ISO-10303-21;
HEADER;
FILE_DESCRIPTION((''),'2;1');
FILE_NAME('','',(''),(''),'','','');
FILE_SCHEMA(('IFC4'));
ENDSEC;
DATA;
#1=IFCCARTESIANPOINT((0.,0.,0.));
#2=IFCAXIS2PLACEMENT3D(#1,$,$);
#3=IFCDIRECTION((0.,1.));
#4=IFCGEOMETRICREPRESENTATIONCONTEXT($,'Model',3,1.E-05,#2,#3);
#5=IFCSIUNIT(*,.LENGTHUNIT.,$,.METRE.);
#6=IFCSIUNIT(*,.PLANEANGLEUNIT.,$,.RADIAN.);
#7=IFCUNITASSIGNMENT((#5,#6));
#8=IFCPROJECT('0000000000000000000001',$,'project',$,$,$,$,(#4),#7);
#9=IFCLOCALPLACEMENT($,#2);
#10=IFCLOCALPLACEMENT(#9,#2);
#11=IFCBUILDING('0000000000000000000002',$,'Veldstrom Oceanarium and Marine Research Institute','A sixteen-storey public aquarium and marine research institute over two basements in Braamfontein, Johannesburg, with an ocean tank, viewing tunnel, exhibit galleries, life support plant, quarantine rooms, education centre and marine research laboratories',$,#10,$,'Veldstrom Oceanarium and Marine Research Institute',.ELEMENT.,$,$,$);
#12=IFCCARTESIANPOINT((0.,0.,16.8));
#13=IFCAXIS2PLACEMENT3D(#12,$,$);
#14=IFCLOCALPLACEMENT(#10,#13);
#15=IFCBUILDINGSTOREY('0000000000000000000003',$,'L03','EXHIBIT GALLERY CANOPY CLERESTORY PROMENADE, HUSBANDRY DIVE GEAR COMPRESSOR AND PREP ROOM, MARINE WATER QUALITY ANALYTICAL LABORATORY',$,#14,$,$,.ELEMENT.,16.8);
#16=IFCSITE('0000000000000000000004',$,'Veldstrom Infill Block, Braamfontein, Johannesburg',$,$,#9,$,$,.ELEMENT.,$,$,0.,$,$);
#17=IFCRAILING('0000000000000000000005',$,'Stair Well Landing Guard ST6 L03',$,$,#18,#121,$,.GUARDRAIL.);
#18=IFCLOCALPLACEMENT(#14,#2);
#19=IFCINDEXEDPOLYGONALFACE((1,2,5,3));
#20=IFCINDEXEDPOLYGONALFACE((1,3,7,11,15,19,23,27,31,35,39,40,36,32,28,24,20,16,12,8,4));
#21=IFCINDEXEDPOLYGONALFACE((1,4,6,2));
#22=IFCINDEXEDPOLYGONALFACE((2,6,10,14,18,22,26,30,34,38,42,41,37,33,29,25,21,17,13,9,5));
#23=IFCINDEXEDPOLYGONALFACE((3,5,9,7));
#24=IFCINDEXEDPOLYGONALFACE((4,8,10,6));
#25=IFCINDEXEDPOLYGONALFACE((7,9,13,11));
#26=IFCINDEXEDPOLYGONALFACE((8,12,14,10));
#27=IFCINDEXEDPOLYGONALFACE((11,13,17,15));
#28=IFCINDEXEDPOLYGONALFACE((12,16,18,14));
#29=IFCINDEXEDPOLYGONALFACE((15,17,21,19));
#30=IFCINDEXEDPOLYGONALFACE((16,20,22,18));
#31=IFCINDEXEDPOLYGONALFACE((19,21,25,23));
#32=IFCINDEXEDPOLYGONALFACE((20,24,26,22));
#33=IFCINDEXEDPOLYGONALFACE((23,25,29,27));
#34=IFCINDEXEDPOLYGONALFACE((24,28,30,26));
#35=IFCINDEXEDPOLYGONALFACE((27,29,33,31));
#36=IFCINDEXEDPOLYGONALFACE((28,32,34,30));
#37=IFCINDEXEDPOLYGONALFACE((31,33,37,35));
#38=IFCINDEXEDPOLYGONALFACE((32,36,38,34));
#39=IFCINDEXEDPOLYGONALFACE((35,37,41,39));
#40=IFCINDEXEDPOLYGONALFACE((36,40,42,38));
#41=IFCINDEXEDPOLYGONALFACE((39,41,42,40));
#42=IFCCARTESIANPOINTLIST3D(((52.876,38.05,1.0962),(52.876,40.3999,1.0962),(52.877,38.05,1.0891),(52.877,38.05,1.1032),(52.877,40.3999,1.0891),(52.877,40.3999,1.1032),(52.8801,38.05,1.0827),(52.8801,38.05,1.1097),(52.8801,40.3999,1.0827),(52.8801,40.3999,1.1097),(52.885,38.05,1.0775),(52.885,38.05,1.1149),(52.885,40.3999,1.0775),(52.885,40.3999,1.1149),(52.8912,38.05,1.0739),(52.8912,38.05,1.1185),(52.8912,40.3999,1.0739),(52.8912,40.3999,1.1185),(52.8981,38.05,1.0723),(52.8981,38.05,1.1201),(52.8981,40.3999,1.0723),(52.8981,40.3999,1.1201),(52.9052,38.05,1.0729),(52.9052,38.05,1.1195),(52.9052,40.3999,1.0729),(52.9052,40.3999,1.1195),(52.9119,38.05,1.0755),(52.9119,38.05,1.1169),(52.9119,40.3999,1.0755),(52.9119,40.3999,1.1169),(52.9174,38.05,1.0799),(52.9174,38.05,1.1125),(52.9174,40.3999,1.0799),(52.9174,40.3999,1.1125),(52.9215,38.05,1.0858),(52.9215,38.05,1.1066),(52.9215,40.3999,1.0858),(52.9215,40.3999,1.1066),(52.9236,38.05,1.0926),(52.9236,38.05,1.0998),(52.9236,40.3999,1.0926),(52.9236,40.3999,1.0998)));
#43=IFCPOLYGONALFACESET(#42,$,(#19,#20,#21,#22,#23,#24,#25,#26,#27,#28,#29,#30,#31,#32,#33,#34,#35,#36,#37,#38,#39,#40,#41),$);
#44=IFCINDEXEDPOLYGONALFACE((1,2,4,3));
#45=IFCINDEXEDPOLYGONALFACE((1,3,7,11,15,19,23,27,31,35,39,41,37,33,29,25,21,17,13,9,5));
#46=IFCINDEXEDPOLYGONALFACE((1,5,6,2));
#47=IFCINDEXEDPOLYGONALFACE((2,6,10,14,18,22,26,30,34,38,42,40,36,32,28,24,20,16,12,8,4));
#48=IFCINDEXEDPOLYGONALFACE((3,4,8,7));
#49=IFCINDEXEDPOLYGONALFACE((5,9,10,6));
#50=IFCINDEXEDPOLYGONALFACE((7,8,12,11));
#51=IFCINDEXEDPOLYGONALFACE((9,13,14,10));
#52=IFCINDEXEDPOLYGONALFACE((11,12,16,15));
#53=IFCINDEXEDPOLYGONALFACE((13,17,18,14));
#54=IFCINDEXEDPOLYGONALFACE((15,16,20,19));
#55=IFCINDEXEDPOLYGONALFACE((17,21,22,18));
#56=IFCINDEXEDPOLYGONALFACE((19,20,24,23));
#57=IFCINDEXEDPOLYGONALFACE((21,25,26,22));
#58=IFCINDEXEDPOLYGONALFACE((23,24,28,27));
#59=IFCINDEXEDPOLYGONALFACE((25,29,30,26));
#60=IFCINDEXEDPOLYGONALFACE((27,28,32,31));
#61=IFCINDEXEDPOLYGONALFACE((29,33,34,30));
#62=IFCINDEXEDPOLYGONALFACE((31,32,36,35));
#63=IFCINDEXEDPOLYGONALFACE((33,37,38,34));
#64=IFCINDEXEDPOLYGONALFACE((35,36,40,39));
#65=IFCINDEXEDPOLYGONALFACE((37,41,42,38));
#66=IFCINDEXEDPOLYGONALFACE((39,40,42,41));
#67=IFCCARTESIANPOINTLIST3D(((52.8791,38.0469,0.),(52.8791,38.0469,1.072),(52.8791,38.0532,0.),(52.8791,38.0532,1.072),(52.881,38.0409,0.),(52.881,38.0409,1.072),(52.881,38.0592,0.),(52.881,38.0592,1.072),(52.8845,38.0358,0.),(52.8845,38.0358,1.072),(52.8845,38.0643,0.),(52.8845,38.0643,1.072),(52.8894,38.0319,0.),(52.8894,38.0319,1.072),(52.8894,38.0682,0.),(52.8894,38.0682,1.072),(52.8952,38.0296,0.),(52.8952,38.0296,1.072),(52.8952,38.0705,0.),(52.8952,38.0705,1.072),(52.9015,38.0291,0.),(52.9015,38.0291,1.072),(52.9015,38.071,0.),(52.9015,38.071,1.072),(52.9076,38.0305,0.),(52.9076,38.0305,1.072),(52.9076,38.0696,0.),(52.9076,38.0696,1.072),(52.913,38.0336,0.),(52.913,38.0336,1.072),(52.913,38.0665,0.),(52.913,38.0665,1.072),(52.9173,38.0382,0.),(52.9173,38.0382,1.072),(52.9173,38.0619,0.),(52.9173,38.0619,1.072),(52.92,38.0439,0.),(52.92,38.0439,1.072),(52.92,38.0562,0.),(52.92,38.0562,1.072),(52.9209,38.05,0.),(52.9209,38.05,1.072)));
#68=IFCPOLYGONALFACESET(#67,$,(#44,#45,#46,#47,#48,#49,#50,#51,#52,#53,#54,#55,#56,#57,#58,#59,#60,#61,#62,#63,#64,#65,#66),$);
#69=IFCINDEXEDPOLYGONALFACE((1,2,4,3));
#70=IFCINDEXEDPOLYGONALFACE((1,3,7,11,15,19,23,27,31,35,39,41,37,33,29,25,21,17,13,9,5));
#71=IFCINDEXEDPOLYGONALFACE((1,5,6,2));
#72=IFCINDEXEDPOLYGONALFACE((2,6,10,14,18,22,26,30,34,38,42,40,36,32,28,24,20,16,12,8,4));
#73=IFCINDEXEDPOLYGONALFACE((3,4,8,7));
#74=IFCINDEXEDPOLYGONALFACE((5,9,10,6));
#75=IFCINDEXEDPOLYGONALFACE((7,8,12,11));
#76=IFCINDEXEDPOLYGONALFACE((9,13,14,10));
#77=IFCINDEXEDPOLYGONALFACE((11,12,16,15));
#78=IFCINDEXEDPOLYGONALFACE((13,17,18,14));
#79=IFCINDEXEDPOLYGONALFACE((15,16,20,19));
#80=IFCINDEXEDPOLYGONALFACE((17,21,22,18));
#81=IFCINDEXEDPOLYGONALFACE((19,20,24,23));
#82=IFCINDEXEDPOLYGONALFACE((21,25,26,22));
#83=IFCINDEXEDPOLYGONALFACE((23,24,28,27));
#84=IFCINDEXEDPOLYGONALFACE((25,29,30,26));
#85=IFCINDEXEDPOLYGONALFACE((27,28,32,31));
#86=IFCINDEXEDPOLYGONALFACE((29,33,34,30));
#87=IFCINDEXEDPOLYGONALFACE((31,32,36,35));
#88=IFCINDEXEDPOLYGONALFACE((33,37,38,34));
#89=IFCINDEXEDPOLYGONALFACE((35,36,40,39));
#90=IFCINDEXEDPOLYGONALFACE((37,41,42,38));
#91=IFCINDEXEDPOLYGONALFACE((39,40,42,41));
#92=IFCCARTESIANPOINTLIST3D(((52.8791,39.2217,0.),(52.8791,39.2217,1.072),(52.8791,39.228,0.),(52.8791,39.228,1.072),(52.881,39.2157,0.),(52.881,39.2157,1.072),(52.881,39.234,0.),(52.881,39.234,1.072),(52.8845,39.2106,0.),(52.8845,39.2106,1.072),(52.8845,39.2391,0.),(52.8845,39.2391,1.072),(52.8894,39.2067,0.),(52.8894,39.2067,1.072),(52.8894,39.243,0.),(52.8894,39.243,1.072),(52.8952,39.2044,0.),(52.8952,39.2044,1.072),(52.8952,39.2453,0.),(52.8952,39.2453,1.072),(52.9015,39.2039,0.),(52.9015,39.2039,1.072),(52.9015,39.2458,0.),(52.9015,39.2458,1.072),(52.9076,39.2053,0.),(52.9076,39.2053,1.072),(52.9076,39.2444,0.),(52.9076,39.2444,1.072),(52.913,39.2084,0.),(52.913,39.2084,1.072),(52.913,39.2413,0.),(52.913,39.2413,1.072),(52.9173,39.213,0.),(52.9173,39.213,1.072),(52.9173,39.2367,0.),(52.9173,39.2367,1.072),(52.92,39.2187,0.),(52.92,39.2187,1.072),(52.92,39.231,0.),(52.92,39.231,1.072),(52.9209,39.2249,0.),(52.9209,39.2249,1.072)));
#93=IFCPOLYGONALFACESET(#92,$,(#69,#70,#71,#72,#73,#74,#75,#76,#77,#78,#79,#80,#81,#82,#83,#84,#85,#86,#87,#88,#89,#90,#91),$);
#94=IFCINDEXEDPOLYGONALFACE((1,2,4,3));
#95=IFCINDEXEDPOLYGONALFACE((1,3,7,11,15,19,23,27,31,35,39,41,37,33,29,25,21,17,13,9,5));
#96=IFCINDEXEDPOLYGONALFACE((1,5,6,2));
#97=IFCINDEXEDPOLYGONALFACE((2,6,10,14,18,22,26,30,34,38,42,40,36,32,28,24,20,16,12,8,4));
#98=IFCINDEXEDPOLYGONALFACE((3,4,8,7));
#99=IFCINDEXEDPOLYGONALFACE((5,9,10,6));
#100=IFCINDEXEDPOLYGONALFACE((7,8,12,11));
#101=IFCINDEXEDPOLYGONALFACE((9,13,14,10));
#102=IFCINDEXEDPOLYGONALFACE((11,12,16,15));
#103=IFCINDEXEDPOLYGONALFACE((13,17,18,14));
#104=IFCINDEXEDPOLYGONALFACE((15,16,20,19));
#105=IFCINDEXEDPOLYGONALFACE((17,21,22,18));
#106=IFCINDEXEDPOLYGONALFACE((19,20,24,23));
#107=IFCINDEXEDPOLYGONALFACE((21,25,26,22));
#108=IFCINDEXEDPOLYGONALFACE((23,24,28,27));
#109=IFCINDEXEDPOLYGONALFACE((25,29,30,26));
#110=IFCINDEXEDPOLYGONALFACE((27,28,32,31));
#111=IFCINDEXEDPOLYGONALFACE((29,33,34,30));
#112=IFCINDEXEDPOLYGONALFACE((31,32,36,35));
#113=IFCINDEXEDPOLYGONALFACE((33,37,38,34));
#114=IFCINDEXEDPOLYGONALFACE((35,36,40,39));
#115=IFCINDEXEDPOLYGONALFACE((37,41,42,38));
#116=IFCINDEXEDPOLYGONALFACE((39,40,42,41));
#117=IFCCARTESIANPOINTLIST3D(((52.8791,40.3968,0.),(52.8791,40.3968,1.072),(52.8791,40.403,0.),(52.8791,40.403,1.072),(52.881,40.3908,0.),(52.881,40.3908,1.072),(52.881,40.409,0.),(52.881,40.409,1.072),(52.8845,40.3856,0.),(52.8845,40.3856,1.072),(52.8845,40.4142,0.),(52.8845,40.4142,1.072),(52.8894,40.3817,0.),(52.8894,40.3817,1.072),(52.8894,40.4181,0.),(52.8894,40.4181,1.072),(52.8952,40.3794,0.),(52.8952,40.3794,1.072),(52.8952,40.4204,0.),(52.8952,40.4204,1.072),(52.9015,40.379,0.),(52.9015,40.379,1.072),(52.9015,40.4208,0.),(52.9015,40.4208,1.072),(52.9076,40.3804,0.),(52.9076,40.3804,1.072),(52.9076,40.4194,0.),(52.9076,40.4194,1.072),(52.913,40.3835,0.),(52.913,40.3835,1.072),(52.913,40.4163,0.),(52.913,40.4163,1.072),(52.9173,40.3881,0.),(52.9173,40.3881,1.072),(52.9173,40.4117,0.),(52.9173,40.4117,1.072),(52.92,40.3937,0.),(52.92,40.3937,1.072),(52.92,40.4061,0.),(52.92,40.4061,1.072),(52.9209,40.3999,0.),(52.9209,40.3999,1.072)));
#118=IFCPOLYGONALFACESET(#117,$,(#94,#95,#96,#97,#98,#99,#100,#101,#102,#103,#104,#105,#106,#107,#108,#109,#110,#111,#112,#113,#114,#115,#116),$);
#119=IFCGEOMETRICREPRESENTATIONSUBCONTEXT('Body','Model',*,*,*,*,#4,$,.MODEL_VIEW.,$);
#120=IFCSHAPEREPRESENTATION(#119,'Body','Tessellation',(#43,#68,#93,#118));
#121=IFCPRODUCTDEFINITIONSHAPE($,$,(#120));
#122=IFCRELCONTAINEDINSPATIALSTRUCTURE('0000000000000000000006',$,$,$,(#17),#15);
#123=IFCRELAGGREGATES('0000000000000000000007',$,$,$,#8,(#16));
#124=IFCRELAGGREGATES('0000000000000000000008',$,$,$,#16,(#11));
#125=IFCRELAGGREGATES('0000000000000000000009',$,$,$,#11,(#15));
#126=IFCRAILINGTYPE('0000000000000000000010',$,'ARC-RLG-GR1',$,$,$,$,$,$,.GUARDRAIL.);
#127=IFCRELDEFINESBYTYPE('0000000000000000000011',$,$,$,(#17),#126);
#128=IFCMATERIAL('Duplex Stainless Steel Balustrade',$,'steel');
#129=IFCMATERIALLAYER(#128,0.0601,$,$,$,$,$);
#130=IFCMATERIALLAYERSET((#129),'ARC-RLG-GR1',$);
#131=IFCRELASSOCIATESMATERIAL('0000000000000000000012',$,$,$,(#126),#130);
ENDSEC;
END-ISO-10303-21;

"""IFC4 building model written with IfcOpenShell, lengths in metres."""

from ifc_helpers import new_model, si_unit, direction, frame, origin, origin_2d, place, context, subcontext, project, spatial, circle, extrude, material, layer, layer_set, type_object, element, save


model = new_model("IFC4")

# Units and contexts
model_context = context("Model", 3, precision=1e-05, world=origin(), true_north=direction((0.0, 1.0)))
body_context = subcontext(model_context, "Body", "Model", "MODEL_VIEW")
ifc_project = project(units=[si_unit("LENGTHUNIT", "METRE"), si_unit("PLANEANGLEUNIT", "RADIAN")], contexts=[model_context])

# Site, building, storey
site_placement = place(None, origin())
site = spatial("IfcSite", under=ifc_project, at=site_placement, Name="Veldstrom Infill Block, Braamfontein, Johannesburg", CompositionType="ELEMENT", RefElevation=0.0)
building_placement = place(site_placement, origin())
building = spatial("IfcBuilding", under=site, at=building_placement, Name="Veldstrom Oceanarium and Marine Research Institute", Description="A sixteen-storey public aquarium and marine research institute over two basements in Braamfontein, Johannesburg, with an ocean tank, viewing tunnel, exhibit galleries, life support plant, quarantine rooms, education centre and marine research laboratories", LongName="Veldstrom Oceanarium and Marine Research Institute", CompositionType="ELEMENT")
storey_placement = place(building_placement, frame((0.0, 0.0, 16.8)))
storey = spatial("IfcBuildingStorey", under=building, at=storey_placement, Name="L03", Description="EXHIBIT GALLERY CANOPY CLERESTORY PROMENADE, HUSBANDRY DIVE GEAR COMPRESSOR AND PREP ROOM, MARINE WATER QUALITY ANALYTICAL LABORATORY", CompositionType="ELEMENT", Elevation=16.8)

# Railing
ifc_material_1 = material(Name="Duplex Stainless Steel Balustrade", Category="steel")
ifc_layer_1 = layer(ifc_material_1, 0.0601)
ifc_layer_set_1 = layer_set([ifc_layer_1], Name="ARC-RLG-GR1")
railing_type = type_object("IfcRailingType", Name="ARC-RLG-GR1", PredefinedType="GUARDRAIL", material=ifc_layer_set_1)
railing_placement = place(storey_placement, frame((52.8999, 38.05, 0.0)))
element("IfcRailing", 1, at=railing_placement, inside=storey, type_object=railing_type, Name="Stair Well Landing Guard ST6 L03", PredefinedType="GUARDRAIL", context=body_context, shape_type="SweptSolid", body=[
    extrude(circle(Radius=0.0239, at=origin_2d()), frame((0.0, 0.0, 1.0962), z_axis=(0.0, 1.0, 0.0), x_axis=(-1.0, 0.0, 0.0)), (0.0, 0.0, 1.0), 2.3499),
    extrude(circle(Radius=0.021, at=origin_2d()), origin(), (0.0, 0.0, 1.0), 1.072),
    extrude(circle(Radius=0.021, at=origin_2d()), frame((0.0, 1.1748, 0.0)), (0.0, 0.0, 1.0), 1.072),
    extrude(circle(Radius=0.021, at=origin_2d()), frame((0.0, 2.3499, 0.0)), (0.0, 0.0, 1.0), 1.072),
])

save(model, "model.ifc")
